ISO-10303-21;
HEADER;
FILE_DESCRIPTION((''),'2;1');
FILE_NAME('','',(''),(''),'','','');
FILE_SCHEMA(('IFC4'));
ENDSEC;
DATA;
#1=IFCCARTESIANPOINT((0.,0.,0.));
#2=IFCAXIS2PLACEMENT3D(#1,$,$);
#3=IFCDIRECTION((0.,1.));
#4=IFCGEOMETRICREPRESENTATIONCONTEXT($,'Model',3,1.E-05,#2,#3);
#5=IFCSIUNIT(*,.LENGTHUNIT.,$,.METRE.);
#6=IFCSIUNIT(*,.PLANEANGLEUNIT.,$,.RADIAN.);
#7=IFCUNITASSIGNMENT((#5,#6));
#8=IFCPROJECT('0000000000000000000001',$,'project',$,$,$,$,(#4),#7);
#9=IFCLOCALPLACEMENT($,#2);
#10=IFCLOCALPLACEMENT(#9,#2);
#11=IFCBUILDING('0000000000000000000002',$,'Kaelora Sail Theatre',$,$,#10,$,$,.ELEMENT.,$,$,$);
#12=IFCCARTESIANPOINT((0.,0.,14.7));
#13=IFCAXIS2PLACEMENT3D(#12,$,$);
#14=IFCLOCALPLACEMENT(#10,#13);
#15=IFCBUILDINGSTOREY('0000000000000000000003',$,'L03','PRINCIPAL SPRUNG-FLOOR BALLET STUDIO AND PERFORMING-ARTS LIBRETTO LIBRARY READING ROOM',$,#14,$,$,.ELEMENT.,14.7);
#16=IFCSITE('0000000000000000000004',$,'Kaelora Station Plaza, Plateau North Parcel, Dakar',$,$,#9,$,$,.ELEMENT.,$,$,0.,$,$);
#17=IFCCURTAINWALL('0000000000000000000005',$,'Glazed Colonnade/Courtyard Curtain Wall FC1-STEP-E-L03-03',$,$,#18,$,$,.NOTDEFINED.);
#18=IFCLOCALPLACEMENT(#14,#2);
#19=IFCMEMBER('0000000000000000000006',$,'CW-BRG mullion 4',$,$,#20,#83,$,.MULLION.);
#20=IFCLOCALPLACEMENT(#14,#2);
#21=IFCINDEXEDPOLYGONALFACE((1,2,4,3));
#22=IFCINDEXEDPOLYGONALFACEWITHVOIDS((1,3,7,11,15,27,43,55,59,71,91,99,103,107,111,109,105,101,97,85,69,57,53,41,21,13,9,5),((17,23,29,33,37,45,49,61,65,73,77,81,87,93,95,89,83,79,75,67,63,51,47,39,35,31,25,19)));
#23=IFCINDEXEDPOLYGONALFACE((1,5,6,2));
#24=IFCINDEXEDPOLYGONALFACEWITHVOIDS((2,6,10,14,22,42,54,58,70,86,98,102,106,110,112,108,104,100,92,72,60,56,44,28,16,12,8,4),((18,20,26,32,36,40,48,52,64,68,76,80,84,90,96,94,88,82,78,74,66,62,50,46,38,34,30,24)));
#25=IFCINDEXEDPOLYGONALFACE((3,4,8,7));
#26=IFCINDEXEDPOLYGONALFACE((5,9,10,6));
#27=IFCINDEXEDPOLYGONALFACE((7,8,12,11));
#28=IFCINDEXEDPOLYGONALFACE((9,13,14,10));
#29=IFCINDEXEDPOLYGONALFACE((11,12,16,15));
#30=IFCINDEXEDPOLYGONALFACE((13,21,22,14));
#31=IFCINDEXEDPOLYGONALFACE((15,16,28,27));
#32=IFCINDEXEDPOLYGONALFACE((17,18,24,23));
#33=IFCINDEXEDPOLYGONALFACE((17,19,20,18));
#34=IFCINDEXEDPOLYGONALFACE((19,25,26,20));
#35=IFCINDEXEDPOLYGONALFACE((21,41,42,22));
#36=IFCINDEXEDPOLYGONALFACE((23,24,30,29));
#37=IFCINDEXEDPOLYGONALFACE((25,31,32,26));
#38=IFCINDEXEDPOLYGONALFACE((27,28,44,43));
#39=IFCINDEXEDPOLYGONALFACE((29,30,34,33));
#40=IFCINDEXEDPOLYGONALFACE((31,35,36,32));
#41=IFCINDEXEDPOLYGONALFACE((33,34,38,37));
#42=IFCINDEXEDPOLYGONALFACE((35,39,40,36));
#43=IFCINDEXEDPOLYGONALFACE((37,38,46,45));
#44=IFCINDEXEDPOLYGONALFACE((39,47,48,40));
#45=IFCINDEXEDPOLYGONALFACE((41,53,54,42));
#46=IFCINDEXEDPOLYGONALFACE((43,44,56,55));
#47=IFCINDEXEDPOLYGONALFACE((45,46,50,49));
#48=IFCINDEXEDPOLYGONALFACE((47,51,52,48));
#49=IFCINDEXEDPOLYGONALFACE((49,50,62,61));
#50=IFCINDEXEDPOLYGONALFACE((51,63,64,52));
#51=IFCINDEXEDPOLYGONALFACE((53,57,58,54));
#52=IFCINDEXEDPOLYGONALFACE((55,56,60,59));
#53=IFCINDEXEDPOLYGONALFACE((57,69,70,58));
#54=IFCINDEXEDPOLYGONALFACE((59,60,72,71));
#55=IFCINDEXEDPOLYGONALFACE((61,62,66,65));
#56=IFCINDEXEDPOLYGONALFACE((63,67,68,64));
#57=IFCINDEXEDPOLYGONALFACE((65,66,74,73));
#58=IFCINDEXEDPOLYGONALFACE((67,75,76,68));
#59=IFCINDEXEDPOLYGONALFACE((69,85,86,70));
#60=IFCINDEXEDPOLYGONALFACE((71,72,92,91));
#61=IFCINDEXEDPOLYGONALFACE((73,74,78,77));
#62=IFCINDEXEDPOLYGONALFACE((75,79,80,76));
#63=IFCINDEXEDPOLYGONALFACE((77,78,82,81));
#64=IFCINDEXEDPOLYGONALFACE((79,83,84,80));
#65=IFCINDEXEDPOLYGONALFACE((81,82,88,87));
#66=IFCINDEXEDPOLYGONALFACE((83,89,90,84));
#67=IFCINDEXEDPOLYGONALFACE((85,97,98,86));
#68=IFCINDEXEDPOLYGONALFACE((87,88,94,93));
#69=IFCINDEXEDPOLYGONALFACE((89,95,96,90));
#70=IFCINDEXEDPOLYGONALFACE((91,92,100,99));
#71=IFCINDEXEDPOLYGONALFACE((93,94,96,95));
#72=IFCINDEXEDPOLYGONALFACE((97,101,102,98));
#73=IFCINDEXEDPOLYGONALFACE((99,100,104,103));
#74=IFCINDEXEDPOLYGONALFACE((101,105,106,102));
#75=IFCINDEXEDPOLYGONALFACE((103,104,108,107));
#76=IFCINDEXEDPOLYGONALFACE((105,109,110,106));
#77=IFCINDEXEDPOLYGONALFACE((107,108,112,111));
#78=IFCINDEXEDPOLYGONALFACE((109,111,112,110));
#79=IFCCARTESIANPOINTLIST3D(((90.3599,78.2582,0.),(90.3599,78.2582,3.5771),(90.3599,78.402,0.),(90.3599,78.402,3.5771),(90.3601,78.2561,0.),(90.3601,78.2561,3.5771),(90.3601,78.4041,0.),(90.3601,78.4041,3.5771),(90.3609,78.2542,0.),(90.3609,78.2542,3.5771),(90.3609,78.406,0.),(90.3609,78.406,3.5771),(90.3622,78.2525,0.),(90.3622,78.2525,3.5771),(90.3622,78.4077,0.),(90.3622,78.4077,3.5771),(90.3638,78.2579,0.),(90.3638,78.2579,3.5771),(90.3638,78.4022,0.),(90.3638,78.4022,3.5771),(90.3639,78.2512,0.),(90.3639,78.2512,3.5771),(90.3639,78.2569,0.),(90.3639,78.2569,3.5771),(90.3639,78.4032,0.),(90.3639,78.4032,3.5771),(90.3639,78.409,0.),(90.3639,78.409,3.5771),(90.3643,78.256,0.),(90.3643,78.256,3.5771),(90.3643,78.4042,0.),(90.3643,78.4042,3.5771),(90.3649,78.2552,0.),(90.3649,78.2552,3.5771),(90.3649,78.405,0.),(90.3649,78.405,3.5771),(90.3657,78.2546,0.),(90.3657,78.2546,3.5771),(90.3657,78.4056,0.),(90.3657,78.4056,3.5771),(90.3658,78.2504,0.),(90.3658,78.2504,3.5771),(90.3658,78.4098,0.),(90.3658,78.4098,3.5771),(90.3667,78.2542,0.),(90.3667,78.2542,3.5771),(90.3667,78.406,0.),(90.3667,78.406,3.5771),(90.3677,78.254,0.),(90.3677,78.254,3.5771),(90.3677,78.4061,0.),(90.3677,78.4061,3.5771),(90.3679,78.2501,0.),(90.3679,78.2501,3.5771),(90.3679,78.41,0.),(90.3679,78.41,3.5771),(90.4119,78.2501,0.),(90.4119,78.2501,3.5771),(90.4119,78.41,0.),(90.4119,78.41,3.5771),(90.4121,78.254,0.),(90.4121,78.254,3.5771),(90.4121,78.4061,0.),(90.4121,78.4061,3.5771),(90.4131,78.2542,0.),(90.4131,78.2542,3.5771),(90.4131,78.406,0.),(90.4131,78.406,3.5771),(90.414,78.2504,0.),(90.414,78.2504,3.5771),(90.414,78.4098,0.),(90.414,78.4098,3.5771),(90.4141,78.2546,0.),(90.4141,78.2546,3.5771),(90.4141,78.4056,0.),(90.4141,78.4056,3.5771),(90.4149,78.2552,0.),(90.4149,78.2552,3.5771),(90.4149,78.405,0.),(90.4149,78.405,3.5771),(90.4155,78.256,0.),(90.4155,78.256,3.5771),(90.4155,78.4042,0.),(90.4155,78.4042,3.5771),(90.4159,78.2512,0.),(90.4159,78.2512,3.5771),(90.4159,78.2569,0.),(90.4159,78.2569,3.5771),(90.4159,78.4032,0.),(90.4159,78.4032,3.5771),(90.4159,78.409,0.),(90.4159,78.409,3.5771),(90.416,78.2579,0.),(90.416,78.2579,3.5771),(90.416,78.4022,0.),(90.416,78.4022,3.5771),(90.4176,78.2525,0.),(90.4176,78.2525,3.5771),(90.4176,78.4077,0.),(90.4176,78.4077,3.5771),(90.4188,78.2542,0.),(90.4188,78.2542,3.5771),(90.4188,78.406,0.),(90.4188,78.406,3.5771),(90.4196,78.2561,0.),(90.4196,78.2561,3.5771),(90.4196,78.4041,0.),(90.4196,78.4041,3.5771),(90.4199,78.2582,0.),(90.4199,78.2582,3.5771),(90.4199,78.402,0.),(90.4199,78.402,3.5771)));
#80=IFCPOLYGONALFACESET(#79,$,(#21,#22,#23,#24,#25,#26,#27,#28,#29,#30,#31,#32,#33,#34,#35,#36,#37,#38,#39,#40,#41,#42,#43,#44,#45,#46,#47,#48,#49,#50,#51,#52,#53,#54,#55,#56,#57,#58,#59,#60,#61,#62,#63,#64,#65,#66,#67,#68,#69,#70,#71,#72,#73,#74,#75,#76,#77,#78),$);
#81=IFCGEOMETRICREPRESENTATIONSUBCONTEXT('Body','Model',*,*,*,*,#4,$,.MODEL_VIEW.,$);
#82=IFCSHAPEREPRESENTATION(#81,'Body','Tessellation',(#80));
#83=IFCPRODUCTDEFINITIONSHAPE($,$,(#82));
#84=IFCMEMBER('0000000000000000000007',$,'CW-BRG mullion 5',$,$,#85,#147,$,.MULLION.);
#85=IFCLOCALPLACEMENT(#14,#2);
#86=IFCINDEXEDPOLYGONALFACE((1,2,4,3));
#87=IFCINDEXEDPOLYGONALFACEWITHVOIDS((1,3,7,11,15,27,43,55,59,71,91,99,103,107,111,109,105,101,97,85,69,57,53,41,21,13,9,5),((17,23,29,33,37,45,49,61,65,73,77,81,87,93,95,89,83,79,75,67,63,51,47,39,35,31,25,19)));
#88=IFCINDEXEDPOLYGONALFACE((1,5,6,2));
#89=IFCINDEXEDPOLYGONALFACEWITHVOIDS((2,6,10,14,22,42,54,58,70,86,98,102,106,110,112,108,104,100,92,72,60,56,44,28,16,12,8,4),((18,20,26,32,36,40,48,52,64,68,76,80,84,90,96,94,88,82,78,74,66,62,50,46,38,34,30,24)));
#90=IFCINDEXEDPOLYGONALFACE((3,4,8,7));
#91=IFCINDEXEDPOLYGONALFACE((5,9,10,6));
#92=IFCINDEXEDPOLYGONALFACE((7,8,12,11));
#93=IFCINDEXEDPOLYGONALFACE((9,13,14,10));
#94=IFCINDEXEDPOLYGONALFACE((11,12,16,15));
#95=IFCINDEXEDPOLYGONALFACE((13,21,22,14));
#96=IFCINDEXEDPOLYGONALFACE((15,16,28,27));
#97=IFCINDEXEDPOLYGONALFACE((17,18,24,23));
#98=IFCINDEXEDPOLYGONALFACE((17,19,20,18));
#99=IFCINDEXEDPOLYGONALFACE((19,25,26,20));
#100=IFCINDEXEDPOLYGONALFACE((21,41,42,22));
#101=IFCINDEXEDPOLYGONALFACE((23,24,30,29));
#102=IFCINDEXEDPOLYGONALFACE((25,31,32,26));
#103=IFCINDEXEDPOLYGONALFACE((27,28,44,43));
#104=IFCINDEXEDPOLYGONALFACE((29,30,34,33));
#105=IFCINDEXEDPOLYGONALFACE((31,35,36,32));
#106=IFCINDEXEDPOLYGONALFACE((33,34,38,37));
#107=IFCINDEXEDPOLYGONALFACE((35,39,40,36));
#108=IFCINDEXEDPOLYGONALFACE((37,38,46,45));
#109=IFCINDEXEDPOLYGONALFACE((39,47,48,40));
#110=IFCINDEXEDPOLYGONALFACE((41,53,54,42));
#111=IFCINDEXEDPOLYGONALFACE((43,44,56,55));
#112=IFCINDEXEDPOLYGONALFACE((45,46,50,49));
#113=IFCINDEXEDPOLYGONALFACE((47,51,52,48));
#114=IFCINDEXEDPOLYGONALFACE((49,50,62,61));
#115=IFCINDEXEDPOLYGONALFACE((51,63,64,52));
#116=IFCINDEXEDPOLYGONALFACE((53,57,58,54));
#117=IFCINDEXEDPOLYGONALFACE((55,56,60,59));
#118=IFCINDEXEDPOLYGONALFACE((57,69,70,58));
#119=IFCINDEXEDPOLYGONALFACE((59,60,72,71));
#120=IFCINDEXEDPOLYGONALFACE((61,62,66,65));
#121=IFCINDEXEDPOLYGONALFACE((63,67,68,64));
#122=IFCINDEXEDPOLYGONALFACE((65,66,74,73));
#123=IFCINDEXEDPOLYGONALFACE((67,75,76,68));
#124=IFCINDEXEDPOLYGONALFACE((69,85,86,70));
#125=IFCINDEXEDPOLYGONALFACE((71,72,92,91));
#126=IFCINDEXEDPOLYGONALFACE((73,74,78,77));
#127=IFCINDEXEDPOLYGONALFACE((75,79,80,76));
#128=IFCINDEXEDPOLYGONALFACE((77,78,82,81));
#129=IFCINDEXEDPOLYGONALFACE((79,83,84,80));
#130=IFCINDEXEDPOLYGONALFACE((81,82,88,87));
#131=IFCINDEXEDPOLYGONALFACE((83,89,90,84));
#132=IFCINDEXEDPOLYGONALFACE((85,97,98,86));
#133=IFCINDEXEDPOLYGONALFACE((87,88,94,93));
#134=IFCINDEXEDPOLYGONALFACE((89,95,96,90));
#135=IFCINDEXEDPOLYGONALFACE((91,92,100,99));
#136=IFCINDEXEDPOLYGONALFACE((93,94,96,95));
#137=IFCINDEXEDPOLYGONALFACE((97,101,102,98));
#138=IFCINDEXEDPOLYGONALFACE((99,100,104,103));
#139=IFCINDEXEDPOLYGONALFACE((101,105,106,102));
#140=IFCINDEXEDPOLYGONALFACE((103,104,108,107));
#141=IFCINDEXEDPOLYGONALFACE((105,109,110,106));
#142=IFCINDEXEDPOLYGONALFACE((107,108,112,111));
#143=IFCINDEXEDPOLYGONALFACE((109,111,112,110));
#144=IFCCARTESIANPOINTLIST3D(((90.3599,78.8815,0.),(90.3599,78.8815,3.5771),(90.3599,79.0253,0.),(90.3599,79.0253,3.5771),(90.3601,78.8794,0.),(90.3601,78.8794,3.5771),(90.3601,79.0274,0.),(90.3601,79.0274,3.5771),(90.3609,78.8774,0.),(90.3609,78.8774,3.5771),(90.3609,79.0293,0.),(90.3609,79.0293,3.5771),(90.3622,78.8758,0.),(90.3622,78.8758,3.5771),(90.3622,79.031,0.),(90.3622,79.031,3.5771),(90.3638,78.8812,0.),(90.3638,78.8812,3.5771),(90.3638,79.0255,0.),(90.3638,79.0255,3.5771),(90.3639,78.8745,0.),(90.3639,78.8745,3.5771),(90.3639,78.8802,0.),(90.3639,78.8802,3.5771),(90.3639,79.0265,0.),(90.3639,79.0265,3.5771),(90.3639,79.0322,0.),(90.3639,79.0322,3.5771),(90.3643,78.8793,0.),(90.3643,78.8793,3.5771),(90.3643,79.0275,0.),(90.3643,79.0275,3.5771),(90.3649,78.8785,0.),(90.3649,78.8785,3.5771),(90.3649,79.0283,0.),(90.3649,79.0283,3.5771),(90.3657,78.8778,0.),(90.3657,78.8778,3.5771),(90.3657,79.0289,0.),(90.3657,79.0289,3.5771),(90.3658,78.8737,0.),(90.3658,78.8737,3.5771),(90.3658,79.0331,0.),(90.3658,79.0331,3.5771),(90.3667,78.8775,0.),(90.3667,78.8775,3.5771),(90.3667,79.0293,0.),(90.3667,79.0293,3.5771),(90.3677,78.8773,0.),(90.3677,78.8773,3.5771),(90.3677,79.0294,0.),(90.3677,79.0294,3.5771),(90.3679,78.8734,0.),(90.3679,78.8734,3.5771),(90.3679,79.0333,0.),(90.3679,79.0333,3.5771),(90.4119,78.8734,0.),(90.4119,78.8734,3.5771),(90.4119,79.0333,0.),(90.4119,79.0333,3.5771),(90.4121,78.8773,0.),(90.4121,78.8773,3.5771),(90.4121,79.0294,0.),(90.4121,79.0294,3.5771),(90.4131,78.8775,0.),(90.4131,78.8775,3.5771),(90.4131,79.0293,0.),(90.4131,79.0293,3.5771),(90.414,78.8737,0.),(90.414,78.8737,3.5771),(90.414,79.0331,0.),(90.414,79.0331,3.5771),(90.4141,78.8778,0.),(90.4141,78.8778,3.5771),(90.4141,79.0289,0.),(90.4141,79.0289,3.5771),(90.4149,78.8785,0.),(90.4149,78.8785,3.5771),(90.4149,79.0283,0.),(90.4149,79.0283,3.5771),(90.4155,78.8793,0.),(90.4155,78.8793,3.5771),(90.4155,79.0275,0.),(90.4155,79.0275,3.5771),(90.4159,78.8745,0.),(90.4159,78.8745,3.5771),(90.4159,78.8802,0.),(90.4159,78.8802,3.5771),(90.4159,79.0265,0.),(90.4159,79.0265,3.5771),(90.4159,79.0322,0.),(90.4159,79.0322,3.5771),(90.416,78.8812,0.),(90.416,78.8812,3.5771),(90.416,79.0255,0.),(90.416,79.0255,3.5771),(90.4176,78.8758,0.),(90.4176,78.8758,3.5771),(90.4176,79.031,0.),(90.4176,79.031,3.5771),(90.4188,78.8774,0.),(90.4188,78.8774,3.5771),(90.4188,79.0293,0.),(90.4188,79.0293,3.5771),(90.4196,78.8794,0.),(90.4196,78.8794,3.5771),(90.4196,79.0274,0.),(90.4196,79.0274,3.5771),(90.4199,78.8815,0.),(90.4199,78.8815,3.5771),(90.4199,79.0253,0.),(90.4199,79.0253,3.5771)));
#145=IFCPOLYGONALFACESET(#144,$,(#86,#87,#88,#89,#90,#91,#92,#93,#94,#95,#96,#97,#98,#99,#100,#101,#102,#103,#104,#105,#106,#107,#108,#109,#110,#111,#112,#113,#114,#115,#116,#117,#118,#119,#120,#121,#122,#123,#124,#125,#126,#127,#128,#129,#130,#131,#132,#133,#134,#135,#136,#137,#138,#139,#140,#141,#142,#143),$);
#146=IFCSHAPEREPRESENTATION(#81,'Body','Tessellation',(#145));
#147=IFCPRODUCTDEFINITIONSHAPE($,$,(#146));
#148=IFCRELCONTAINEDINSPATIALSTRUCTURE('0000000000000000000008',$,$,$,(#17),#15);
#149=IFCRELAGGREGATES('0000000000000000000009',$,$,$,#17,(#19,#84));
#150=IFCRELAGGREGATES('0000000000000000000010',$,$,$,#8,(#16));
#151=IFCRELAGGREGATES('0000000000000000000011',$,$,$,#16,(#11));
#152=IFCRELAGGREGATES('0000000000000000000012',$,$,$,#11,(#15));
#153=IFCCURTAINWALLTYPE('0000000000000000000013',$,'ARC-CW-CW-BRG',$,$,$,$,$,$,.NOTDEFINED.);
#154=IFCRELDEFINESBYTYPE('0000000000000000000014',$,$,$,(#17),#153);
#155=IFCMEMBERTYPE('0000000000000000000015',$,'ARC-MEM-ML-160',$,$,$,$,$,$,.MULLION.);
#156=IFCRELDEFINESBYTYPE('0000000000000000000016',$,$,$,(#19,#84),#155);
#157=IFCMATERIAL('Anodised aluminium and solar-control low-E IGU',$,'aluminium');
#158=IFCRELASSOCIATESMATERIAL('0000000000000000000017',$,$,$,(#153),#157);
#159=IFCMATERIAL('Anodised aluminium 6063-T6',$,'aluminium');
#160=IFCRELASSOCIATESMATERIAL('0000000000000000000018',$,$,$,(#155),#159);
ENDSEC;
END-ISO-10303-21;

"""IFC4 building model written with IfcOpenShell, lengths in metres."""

from ifc_helpers import new_model, si_unit, direction, frame, origin, origin_2d, place, context, subcontext, project, spatial, hollow_rectangle, extrude, material, material_profile, profile_set, type_object, element, aggregate, save


model = new_model("IFC4")

# Units and contexts
model_context = context("Model", 3, precision=1e-05, world=origin(), true_north=direction((0.0, 1.0)))
body_context = subcontext(model_context, "Body", "Model", "MODEL_VIEW")
ifc_project = project(units=[si_unit("LENGTHUNIT", "METRE"), si_unit("PLANEANGLEUNIT", "RADIAN")], contexts=[model_context])

# Site, building, storey
site_placement = place(None, origin())
site = spatial("IfcSite", under=ifc_project, at=site_placement, Name="Kaelora Station Plaza, Plateau North Parcel, Dakar", CompositionType="ELEMENT", RefElevation=0.0)
building_placement = place(site_placement, origin())
building = spatial("IfcBuilding", under=site, at=building_placement, Name="Kaelora Sail Theatre", CompositionType="ELEMENT")
storey_placement = place(building_placement, frame((0.0, 0.0, 14.7)))
storey = spatial("IfcBuildingStorey", under=building, at=storey_placement, Name="L03", Description="PRINCIPAL SPRUNG-FLOOR BALLET STUDIO AND PERFORMING-ARTS LIBRETTO LIBRARY READING ROOM", CompositionType="ELEMENT", Elevation=14.7)

# Curtain wall, members
ifc_material_1 = material(Name="Anodised aluminium and solar-control low-E IGU", Category="aluminium")
curtain_wall_type = type_object("IfcCurtainWallType", Name="ARC-CW-CW-BRG", PredefinedType="NOTDEFINED", material=ifc_material_1)
curtain_wall_placement = place(storey_placement, origin())
curtain_wall = element("IfcCurtainWall", 1, at=curtain_wall_placement, inside=storey, type_object=curtain_wall_type, Name="Glazed Colonnade/Courtyard Curtain Wall FC1-STEP-E-L03-03", PredefinedType="NOTDEFINED")
ifc_material_2 = material(Name="Anodised aluminium 6063-T6", Category="aluminium")
ifc_material_profile_1 = material_profile(ifc_material_2, hollow_rectangle(XDim=0.0601, YDim=0.1599, WallThickness=0.0039, InnerFilletRadius=0.0039, OuterFilletRadius=0.0081, at=origin_2d()), Name="ALU-MULL 60x160x4")
ifc_profile_set_1 = profile_set([ifc_material_profile_1], Name="Anodised aluminium 6063-T6")
member_type_1 = type_object("IfcMemberType", Name="ARC-MEM-ML-160", PredefinedType="MULLION", material=ifc_profile_set_1)
member_1_placement = place(storey_placement, frame((90.3899, 78.3301, 0.0), z_axis=(0.0, 0.0, 1.0), x_axis=(-1.0, 0.0, 0.0)))
member_1 = element("IfcMember", 2, at=member_1_placement, type_object=member_type_1, Name="CW-BRG mullion 4", PredefinedType="MULLION", context=body_context, shape_type="SweptSolid", body=[
    extrude(hollow_rectangle(XDim=0.0601, YDim=0.1599, WallThickness=0.0039, InnerFilletRadius=0.0039, OuterFilletRadius=0.0081, at=origin_2d()), origin(), (0.0, 0.0, 1.0), 3.5771),
])
member_2_placement = place(storey_placement, frame((90.3899, 78.9534, 0.0), z_axis=(0.0, 0.0, 1.0), x_axis=(-1.0, 0.0, 0.0)))
member_2 = element("IfcMember", 3, at=member_2_placement, type_object=member_type_1, Name="CW-BRG mullion 5", PredefinedType="MULLION", context=body_context, shape_type="SweptSolid", body=[
    extrude(hollow_rectangle(XDim=0.0601, YDim=0.1599, WallThickness=0.0039, InnerFilletRadius=0.0039, OuterFilletRadius=0.0081, at=origin_2d()), origin(), (0.0, 0.0, 1.0), 3.5771),
])
aggregate(curtain_wall, [member_1, member_2])

save(model, "model.ifc")
